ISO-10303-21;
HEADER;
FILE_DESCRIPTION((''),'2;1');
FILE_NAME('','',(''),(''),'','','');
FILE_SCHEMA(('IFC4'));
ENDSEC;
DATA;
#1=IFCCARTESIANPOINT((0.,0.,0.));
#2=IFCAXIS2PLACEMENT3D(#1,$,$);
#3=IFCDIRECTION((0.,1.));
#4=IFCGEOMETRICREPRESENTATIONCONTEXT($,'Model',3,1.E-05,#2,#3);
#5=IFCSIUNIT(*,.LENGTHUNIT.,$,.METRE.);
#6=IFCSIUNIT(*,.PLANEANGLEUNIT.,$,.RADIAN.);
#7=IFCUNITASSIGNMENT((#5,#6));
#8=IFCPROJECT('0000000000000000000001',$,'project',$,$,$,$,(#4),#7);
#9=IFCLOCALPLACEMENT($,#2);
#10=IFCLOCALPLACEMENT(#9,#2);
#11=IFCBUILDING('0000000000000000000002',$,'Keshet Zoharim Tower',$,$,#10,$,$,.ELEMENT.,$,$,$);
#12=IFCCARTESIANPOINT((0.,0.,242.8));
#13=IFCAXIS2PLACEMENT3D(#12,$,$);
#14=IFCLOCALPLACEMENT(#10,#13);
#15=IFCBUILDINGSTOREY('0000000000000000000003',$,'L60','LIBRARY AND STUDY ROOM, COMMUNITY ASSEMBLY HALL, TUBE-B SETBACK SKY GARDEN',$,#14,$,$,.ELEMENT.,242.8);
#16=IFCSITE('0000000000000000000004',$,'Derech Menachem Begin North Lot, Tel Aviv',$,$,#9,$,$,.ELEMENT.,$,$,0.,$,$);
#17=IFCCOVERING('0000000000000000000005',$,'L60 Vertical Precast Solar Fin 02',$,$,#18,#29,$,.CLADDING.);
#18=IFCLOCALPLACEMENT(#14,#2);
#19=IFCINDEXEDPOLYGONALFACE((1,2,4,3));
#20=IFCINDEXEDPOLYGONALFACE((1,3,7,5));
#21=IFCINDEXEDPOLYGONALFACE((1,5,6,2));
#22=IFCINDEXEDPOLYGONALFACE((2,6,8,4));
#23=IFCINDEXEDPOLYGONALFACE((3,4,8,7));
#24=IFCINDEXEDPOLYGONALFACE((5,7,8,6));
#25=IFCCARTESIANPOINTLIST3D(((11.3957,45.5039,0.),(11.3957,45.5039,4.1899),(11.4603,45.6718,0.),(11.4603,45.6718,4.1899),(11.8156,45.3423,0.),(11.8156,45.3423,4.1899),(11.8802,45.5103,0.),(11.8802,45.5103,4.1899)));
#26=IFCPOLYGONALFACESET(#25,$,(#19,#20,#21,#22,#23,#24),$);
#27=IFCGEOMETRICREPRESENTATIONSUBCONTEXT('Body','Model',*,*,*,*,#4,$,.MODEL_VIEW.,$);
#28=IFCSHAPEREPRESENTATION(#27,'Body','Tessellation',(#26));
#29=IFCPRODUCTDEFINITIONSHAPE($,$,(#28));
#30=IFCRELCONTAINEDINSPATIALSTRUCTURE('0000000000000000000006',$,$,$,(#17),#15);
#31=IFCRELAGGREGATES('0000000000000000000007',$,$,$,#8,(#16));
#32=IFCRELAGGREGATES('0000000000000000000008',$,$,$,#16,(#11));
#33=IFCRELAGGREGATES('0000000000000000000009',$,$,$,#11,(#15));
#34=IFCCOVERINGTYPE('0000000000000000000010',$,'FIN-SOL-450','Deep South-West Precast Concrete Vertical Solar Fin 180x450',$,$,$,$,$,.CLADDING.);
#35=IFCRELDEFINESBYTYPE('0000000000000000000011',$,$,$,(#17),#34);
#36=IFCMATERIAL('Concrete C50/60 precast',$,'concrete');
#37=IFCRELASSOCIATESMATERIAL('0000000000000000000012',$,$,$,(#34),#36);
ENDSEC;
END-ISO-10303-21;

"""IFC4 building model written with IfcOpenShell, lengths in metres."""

from ifc_helpers import new_model, si_unit, direction, frame, origin, origin_2d, place, context, subcontext, project, spatial, rectangle, extrude, material, type_object, element, save


model = new_model("IFC4")

# Units and contexts
model_context = context("Model", 3, precision=1e-05, world=origin(), true_north=direction((0.0, 1.0)))
body_context = subcontext(model_context, "Body", "Model", "MODEL_VIEW")
ifc_project = project(units=[si_unit("LENGTHUNIT", "METRE"), si_unit("PLANEANGLEUNIT", "RADIAN")], contexts=[model_context])

# Site, building, storey
site_placement = place(None, origin())
site = spatial("IfcSite", under=ifc_project, at=site_placement, Name="Derech Menachem Begin North Lot, Tel Aviv", CompositionType="ELEMENT", RefElevation=0.0)
building_placement = place(site_placement, origin())
building = spatial("IfcBuilding", under=site, at=building_placement, Name="Keshet Zoharim Tower", CompositionType="ELEMENT")
storey_placement = place(building_placement, frame((0.0, 0.0, 242.8)))
storey = spatial("IfcBuildingStorey", under=building, at=storey_placement, Name="L60", Description="LIBRARY AND STUDY ROOM, COMMUNITY ASSEMBLY HALL, TUBE-B SETBACK SKY GARDEN", CompositionType="ELEMENT", Elevation=242.8)

# Covering
ifc_material_1 = material(Name="Concrete C50/60 precast", Category="concrete")
covering_type_1 = type_object("IfcCoveringType", Name="FIN-SOL-450", Description="Deep South-West Precast Concrete Vertical Solar Fin 180x450", PredefinedType="CLADDING", material=ifc_material_1)
covering_1_placement = place(storey_placement, frame((11.6379, 45.5071, 0.0), z_axis=(0.0, 0.0, 1.0), x_axis=(0.35899, 0.933341, 0.0)))
element("IfcCovering", 1, at=covering_1_placement, inside=storey, type_object=covering_type_1, Name="L60 Vertical Precast Solar Fin 02", PredefinedType="CLADDING", context=body_context, shape_type="SweptSolid", body=[
    extrude(rectangle(XDim=0.1799, YDim=0.45, at=origin_2d()), origin(), (0.0, 0.0, 1.0), 4.1899),
])

save(model, "model.ifc")
